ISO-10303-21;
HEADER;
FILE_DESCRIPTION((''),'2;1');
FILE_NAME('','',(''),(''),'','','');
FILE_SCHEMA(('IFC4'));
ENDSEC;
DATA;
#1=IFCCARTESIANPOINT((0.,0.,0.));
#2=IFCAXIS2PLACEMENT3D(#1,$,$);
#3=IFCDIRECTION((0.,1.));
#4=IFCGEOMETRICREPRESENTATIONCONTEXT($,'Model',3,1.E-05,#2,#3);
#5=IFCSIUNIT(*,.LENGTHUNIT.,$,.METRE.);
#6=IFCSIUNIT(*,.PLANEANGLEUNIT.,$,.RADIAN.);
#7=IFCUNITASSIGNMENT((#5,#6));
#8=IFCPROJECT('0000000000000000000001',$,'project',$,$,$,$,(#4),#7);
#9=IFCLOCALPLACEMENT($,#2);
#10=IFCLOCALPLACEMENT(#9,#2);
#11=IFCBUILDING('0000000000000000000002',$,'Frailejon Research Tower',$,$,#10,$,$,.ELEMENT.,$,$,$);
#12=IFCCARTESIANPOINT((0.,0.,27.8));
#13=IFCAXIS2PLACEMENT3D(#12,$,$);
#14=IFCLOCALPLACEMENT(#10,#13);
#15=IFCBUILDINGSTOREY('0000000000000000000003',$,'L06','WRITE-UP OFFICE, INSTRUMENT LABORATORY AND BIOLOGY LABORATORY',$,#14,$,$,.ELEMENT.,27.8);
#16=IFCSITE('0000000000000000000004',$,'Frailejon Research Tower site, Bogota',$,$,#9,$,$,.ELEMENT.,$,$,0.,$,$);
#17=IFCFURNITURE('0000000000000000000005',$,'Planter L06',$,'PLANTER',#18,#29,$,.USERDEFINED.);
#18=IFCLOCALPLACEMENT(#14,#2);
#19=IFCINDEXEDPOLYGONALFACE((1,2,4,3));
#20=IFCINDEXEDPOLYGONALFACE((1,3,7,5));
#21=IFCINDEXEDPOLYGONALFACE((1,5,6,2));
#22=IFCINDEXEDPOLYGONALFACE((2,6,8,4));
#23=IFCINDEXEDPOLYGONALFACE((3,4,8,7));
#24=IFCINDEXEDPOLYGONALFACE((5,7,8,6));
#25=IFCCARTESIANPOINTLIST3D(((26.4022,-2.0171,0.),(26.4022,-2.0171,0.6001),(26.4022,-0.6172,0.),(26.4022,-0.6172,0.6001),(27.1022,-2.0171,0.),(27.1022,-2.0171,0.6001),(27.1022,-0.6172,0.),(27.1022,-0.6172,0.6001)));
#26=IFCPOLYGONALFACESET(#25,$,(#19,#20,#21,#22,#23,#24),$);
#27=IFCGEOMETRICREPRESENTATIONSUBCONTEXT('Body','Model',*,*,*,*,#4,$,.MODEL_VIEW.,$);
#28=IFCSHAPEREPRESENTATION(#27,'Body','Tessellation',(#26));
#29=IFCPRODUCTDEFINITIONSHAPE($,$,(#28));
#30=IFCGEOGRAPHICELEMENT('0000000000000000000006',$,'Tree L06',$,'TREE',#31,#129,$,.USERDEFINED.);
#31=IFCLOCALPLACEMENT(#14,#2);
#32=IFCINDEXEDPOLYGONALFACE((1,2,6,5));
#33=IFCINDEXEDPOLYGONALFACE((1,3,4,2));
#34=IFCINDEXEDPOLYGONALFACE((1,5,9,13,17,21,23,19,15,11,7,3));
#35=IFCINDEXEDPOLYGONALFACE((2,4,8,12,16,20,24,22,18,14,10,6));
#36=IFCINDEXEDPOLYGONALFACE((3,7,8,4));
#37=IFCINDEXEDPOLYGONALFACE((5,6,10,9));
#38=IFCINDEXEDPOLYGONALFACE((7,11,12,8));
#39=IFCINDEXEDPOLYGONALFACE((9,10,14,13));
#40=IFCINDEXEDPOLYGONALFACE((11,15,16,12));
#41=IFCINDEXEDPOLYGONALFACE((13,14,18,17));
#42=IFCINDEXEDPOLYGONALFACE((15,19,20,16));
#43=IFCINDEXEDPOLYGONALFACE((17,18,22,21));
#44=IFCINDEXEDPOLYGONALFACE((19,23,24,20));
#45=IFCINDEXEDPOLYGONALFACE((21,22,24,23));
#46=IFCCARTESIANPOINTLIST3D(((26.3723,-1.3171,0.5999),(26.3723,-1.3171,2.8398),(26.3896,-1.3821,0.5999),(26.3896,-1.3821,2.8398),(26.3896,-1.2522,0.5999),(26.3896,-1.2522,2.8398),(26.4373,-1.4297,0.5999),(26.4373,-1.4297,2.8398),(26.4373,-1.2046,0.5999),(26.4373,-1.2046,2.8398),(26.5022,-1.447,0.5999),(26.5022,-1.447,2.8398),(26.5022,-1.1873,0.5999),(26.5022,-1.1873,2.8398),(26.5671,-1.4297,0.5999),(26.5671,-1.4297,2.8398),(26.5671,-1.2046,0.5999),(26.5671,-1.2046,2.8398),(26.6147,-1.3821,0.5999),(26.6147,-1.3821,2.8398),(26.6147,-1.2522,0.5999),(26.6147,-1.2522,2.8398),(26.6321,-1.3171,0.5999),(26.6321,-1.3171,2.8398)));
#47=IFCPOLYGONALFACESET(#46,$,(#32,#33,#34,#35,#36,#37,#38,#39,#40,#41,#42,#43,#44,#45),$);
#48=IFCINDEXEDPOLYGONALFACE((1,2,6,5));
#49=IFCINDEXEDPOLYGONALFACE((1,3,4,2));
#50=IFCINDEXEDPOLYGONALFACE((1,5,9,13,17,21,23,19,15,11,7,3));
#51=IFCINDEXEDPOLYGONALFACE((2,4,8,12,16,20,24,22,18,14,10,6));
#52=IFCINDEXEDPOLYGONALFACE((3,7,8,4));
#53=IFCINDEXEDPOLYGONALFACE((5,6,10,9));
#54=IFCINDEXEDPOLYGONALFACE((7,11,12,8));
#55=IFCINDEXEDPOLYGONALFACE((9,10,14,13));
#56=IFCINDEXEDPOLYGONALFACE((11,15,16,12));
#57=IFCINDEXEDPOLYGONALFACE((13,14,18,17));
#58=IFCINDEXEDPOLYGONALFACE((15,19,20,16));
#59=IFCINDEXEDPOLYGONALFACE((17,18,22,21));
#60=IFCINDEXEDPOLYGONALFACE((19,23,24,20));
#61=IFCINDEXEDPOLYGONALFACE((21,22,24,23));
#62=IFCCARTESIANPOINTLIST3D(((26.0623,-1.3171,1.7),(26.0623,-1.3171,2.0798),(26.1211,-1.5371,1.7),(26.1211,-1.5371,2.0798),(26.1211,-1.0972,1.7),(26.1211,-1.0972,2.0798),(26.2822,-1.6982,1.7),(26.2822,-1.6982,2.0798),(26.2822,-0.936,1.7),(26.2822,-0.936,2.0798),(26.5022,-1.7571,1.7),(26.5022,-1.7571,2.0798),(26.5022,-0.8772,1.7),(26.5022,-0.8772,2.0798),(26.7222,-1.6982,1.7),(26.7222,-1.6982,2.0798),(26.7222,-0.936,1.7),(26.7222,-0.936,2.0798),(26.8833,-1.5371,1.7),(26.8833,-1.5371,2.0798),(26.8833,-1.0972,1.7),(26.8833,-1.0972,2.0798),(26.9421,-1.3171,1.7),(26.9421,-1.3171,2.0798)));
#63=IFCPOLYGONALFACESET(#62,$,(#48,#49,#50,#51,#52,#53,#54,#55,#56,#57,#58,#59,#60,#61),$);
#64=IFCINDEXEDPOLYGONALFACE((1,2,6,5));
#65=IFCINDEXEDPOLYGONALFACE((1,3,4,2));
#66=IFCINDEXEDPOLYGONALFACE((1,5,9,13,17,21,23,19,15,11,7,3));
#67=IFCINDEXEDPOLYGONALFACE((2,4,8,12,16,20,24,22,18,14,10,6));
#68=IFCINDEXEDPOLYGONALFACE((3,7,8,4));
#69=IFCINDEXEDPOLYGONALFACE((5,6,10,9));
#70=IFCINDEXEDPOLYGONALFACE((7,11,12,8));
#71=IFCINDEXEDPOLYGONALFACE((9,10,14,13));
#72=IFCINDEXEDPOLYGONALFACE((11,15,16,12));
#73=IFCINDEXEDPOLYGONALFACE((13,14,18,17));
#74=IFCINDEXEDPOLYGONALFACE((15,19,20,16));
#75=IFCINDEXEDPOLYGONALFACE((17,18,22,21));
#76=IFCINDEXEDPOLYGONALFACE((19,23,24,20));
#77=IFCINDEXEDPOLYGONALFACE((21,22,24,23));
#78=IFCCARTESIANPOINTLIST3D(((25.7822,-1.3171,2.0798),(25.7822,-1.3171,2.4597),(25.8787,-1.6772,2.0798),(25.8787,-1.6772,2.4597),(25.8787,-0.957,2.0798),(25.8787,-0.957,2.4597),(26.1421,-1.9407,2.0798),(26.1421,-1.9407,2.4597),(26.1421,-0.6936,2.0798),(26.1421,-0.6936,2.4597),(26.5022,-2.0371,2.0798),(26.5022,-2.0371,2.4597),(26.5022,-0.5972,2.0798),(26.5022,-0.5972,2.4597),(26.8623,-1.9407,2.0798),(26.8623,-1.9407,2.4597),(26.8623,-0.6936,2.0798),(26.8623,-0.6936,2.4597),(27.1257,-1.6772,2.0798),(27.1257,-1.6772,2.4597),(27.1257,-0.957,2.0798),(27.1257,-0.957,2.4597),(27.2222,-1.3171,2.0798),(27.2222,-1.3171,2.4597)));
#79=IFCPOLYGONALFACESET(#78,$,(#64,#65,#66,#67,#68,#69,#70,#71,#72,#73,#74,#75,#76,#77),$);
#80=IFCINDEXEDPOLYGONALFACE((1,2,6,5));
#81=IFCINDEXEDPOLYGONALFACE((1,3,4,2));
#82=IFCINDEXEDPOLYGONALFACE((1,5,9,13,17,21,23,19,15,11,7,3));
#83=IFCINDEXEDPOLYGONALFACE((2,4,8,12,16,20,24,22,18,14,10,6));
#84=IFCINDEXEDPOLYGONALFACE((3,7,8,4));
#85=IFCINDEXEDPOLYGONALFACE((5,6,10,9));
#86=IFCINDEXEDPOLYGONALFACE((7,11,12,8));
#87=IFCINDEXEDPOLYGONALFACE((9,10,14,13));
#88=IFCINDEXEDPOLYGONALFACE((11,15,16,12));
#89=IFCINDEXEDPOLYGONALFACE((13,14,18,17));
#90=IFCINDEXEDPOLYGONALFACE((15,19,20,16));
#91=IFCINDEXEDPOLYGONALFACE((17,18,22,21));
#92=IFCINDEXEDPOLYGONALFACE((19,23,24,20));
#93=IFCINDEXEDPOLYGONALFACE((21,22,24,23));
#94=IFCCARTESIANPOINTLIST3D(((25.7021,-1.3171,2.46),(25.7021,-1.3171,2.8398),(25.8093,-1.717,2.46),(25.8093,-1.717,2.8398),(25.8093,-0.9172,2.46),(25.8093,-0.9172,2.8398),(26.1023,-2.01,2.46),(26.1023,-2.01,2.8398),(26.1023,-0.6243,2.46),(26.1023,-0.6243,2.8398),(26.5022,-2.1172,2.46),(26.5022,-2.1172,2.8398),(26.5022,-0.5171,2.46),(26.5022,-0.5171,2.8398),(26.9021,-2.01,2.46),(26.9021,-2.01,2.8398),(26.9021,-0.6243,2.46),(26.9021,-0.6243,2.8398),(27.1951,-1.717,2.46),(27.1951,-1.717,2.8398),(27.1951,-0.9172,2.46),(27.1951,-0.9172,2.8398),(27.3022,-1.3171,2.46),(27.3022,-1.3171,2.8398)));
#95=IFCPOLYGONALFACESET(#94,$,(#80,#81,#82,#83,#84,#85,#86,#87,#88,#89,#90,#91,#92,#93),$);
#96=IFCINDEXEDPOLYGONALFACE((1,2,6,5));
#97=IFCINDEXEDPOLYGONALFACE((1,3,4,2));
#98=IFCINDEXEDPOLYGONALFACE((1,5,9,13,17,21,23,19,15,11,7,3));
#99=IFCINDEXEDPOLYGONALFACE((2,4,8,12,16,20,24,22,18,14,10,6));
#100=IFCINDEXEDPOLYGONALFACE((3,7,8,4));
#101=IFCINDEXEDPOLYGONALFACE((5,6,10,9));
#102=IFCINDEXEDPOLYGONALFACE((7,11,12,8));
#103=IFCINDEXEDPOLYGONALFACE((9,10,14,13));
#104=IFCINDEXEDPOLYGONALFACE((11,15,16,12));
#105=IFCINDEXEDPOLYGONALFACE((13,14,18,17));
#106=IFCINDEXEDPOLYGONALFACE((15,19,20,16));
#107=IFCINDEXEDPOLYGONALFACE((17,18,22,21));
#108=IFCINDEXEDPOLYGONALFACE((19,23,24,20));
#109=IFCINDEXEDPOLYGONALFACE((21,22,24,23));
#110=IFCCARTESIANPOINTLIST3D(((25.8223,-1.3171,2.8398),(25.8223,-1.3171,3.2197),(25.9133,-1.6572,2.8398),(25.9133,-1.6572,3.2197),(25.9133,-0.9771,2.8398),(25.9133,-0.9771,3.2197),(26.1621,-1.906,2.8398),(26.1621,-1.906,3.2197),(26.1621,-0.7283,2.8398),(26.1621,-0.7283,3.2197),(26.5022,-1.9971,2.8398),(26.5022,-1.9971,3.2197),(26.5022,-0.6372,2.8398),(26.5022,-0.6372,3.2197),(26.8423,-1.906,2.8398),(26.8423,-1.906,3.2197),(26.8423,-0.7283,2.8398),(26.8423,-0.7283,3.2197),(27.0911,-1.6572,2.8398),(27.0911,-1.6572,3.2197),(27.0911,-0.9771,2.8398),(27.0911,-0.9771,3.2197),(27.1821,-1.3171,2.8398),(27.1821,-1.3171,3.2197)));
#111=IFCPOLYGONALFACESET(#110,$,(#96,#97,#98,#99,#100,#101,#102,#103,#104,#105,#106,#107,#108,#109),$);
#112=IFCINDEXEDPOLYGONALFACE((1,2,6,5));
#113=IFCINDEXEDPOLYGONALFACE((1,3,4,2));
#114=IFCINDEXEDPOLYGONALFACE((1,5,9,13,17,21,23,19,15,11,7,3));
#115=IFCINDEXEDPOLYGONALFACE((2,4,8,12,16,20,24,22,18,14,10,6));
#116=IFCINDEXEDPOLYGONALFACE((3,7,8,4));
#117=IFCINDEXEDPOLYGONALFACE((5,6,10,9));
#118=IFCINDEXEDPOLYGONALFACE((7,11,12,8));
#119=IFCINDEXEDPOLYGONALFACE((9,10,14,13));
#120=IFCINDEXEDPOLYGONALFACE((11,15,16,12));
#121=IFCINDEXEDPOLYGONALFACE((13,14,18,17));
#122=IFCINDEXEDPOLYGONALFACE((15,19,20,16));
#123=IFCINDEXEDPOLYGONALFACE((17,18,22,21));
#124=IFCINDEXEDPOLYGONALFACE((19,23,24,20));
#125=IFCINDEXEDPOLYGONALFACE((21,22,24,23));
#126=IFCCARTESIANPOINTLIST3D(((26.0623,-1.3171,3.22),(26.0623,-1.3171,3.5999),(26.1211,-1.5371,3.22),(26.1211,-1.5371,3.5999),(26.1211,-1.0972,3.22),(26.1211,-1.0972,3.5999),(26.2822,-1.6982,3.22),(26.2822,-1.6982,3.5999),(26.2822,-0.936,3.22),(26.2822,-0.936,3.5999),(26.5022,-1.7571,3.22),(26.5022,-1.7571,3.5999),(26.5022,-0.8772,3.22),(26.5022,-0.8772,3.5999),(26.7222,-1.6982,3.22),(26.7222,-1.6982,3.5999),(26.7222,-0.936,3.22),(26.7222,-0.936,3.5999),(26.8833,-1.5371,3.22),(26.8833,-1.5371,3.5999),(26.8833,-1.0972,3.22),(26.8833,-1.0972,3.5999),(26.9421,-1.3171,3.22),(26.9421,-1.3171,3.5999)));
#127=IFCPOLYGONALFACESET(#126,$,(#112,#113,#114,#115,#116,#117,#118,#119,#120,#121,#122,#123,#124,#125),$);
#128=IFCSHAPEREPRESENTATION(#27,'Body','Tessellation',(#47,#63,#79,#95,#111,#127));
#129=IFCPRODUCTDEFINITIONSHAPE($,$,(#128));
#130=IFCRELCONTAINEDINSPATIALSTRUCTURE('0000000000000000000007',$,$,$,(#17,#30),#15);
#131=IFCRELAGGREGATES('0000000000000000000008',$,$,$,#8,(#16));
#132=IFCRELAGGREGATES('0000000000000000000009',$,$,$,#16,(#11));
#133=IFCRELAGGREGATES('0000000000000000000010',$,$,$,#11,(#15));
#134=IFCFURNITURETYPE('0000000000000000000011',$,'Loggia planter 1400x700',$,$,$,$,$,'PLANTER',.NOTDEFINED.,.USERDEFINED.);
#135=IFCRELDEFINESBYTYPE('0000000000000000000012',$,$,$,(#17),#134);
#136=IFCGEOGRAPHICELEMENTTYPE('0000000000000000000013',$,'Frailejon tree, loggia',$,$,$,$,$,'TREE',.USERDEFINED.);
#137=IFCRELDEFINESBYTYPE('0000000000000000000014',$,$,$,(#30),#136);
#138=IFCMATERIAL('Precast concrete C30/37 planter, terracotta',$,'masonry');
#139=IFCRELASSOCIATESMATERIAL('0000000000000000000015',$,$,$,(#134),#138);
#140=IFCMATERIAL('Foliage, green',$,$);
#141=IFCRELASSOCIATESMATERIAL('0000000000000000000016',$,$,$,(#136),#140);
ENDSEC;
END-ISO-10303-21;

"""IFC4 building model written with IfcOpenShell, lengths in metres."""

from ifc_helpers import new_model, si_unit, direction, frame, origin, origin_2d, place, context, subcontext, project, spatial, polyline, rectangle, outline, extrude, material, type_object, element, save


model = new_model("IFC4")

# Units and contexts
model_context = context("Model", 3, precision=1e-05, world=origin(), true_north=direction((0.0, 1.0)))
body_context = subcontext(model_context, "Body", "Model", "MODEL_VIEW")
ifc_project = project(units=[si_unit("LENGTHUNIT", "METRE"), si_unit("PLANEANGLEUNIT", "RADIAN")], contexts=[model_context])

# Site, building, storey
site_placement = place(None, origin())
site = spatial("IfcSite", under=ifc_project, at=site_placement, Name="Frailejon Research Tower site, Bogota", CompositionType="ELEMENT", RefElevation=0.0)
building_placement = place(site_placement, origin())
building = spatial("IfcBuilding", under=site, at=building_placement, Name="Frailejon Research Tower", CompositionType="ELEMENT")
storey_placement = place(building_placement, frame((0.0, 0.0, 27.8)))
storey = spatial("IfcBuildingStorey", under=building, at=storey_placement, Name="L06", Description="WRITE-UP OFFICE, INSTRUMENT LABORATORY AND BIOLOGY LABORATORY", CompositionType="ELEMENT", Elevation=27.8)

# Furniture
ifc_material_1 = material(Name="Precast concrete C30/37 planter, terracotta", Category="masonry")
furniture_type = type_object("IfcFurnitureType", Name="Loggia planter 1400x700", ElementType="PLANTER", AssemblyPlace="NOTDEFINED", PredefinedType="USERDEFINED", material=ifc_material_1)
furniture_placement = place(storey_placement, frame((26.7522, -1.3171, 0.0), z_axis=(0.0, 0.0, 1.0), x_axis=(0.0, 1.0, 0.0)))
element("IfcFurniture", 1, at=furniture_placement, inside=storey, type_object=furniture_type, Name="Planter L06", ObjectType="PLANTER", PredefinedType="USERDEFINED", context=body_context, shape_type="SweptSolid", body=[
    extrude(rectangle(XDim=1.3999, YDim=0.7, at=origin_2d()), origin(), (0.0, 0.0, 1.0), 0.6001),
])

# Geographic element
ifc_material_2 = material(Name="Foliage, green")
geographic_element_type = type_object("IfcGeographicElementType", Name="Frailejon tree, loggia", ElementType="TREE", PredefinedType="USERDEFINED", material=ifc_material_2)
geographic_element_placement = place(storey_placement, frame((26.5022, -1.3171, 0.5999)))
element("IfcGeographicElement", 2, at=geographic_element_placement, inside=storey, type_object=geographic_element_type, Name="Tree L06", ObjectType="TREE", PredefinedType="USERDEFINED", context=body_context, shape_type="SweptSolid", body=[
    extrude(outline(polyline([(0.1299, 0.0), (0.1125, 0.0649), (0.0649, 0.1125), (0.0, 0.1299), (-0.0649, 0.1125), (-0.1125, 0.0649), (-0.1299, 0.0), (-0.1125, -0.0649), (-0.0649, -0.1125), (0.0, -0.1299), (0.0649, -0.1125), (0.1125, -0.0649), (0.1299, 0.0)])), origin(), (0.0, 0.0, 1.0), 2.24),
    extrude(outline(polyline([(0.4399, 0.0), (0.3811, 0.22), (0.22, 0.3811), (0.0, 0.4399), (-0.22, 0.3811), (-0.3811, 0.22), (-0.4399, 0.0), (-0.3811, -0.22), (-0.22, -0.3811), (0.0, -0.4399), (0.22, -0.3811), (0.3811, -0.22), (0.4399, 0.0)])), frame((0.0, 0.0, 1.1001)), (0.0, 0.0, 1.0), 0.3799),
    extrude(outline(polyline([(0.72, 0.0), (0.6235, 0.3601), (0.3601, 0.6235), (0.0, 0.72), (-0.3601, 0.6235), (-0.6235, 0.3601), (-0.72, 0.0), (-0.6235, -0.3601), (-0.3601, -0.6235), (0.0, -0.72), (0.3601, -0.6235), (0.6235, -0.3601), (0.72, 0.0)])), frame((0.0, 0.0, 1.48)), (0.0, 0.0, 1.0), 0.3799),
    extrude(outline(polyline([(0.8, 0.0), (0.6929, 0.3999), (0.3999, 0.6929), (0.0, 0.8), (-0.3999, 0.6929), (-0.6929, 0.3999), (-0.8, 0.0), (-0.6929, -0.3999), (-0.3999, -0.6929), (0.0, -0.8), (0.3999, -0.6929), (0.6929, -0.3999), (0.8, 0.0)])), frame((0.0, 0.0, 1.8601)), (0.0, 0.0, 1.0), 0.3799),
    extrude(outline(polyline([(0.6799, 0.0), (0.5889, 0.3401), (0.3401, 0.5889), (0.0, 0.6799), (-0.3401, 0.5889), (-0.5889, 0.3401), (-0.6799, 0.0), (-0.5889, -0.3401), (-0.3401, -0.5889), (0.0, -0.6799), (0.3401, -0.5889), (0.5889, -0.3401), (0.6799, 0.0)])), frame((0.0, 0.0, 2.24)), (0.0, 0.0, 1.0), 0.3799),
    extrude(outline(polyline([(0.4399, 0.0), (0.3811, 0.22), (0.22, 0.3811), (0.0, 0.4399), (-0.22, 0.3811), (-0.3811, 0.22), (-0.4399, 0.0), (-0.3811, -0.22), (-0.22, -0.3811), (0.0, -0.4399), (0.22, -0.3811), (0.3811, -0.22), (0.4399, 0.0)])), frame((0.0, 0.0, 2.6201)), (0.0, 0.0, 1.0), 0.3799),
])

save(model, "model.ifc")
